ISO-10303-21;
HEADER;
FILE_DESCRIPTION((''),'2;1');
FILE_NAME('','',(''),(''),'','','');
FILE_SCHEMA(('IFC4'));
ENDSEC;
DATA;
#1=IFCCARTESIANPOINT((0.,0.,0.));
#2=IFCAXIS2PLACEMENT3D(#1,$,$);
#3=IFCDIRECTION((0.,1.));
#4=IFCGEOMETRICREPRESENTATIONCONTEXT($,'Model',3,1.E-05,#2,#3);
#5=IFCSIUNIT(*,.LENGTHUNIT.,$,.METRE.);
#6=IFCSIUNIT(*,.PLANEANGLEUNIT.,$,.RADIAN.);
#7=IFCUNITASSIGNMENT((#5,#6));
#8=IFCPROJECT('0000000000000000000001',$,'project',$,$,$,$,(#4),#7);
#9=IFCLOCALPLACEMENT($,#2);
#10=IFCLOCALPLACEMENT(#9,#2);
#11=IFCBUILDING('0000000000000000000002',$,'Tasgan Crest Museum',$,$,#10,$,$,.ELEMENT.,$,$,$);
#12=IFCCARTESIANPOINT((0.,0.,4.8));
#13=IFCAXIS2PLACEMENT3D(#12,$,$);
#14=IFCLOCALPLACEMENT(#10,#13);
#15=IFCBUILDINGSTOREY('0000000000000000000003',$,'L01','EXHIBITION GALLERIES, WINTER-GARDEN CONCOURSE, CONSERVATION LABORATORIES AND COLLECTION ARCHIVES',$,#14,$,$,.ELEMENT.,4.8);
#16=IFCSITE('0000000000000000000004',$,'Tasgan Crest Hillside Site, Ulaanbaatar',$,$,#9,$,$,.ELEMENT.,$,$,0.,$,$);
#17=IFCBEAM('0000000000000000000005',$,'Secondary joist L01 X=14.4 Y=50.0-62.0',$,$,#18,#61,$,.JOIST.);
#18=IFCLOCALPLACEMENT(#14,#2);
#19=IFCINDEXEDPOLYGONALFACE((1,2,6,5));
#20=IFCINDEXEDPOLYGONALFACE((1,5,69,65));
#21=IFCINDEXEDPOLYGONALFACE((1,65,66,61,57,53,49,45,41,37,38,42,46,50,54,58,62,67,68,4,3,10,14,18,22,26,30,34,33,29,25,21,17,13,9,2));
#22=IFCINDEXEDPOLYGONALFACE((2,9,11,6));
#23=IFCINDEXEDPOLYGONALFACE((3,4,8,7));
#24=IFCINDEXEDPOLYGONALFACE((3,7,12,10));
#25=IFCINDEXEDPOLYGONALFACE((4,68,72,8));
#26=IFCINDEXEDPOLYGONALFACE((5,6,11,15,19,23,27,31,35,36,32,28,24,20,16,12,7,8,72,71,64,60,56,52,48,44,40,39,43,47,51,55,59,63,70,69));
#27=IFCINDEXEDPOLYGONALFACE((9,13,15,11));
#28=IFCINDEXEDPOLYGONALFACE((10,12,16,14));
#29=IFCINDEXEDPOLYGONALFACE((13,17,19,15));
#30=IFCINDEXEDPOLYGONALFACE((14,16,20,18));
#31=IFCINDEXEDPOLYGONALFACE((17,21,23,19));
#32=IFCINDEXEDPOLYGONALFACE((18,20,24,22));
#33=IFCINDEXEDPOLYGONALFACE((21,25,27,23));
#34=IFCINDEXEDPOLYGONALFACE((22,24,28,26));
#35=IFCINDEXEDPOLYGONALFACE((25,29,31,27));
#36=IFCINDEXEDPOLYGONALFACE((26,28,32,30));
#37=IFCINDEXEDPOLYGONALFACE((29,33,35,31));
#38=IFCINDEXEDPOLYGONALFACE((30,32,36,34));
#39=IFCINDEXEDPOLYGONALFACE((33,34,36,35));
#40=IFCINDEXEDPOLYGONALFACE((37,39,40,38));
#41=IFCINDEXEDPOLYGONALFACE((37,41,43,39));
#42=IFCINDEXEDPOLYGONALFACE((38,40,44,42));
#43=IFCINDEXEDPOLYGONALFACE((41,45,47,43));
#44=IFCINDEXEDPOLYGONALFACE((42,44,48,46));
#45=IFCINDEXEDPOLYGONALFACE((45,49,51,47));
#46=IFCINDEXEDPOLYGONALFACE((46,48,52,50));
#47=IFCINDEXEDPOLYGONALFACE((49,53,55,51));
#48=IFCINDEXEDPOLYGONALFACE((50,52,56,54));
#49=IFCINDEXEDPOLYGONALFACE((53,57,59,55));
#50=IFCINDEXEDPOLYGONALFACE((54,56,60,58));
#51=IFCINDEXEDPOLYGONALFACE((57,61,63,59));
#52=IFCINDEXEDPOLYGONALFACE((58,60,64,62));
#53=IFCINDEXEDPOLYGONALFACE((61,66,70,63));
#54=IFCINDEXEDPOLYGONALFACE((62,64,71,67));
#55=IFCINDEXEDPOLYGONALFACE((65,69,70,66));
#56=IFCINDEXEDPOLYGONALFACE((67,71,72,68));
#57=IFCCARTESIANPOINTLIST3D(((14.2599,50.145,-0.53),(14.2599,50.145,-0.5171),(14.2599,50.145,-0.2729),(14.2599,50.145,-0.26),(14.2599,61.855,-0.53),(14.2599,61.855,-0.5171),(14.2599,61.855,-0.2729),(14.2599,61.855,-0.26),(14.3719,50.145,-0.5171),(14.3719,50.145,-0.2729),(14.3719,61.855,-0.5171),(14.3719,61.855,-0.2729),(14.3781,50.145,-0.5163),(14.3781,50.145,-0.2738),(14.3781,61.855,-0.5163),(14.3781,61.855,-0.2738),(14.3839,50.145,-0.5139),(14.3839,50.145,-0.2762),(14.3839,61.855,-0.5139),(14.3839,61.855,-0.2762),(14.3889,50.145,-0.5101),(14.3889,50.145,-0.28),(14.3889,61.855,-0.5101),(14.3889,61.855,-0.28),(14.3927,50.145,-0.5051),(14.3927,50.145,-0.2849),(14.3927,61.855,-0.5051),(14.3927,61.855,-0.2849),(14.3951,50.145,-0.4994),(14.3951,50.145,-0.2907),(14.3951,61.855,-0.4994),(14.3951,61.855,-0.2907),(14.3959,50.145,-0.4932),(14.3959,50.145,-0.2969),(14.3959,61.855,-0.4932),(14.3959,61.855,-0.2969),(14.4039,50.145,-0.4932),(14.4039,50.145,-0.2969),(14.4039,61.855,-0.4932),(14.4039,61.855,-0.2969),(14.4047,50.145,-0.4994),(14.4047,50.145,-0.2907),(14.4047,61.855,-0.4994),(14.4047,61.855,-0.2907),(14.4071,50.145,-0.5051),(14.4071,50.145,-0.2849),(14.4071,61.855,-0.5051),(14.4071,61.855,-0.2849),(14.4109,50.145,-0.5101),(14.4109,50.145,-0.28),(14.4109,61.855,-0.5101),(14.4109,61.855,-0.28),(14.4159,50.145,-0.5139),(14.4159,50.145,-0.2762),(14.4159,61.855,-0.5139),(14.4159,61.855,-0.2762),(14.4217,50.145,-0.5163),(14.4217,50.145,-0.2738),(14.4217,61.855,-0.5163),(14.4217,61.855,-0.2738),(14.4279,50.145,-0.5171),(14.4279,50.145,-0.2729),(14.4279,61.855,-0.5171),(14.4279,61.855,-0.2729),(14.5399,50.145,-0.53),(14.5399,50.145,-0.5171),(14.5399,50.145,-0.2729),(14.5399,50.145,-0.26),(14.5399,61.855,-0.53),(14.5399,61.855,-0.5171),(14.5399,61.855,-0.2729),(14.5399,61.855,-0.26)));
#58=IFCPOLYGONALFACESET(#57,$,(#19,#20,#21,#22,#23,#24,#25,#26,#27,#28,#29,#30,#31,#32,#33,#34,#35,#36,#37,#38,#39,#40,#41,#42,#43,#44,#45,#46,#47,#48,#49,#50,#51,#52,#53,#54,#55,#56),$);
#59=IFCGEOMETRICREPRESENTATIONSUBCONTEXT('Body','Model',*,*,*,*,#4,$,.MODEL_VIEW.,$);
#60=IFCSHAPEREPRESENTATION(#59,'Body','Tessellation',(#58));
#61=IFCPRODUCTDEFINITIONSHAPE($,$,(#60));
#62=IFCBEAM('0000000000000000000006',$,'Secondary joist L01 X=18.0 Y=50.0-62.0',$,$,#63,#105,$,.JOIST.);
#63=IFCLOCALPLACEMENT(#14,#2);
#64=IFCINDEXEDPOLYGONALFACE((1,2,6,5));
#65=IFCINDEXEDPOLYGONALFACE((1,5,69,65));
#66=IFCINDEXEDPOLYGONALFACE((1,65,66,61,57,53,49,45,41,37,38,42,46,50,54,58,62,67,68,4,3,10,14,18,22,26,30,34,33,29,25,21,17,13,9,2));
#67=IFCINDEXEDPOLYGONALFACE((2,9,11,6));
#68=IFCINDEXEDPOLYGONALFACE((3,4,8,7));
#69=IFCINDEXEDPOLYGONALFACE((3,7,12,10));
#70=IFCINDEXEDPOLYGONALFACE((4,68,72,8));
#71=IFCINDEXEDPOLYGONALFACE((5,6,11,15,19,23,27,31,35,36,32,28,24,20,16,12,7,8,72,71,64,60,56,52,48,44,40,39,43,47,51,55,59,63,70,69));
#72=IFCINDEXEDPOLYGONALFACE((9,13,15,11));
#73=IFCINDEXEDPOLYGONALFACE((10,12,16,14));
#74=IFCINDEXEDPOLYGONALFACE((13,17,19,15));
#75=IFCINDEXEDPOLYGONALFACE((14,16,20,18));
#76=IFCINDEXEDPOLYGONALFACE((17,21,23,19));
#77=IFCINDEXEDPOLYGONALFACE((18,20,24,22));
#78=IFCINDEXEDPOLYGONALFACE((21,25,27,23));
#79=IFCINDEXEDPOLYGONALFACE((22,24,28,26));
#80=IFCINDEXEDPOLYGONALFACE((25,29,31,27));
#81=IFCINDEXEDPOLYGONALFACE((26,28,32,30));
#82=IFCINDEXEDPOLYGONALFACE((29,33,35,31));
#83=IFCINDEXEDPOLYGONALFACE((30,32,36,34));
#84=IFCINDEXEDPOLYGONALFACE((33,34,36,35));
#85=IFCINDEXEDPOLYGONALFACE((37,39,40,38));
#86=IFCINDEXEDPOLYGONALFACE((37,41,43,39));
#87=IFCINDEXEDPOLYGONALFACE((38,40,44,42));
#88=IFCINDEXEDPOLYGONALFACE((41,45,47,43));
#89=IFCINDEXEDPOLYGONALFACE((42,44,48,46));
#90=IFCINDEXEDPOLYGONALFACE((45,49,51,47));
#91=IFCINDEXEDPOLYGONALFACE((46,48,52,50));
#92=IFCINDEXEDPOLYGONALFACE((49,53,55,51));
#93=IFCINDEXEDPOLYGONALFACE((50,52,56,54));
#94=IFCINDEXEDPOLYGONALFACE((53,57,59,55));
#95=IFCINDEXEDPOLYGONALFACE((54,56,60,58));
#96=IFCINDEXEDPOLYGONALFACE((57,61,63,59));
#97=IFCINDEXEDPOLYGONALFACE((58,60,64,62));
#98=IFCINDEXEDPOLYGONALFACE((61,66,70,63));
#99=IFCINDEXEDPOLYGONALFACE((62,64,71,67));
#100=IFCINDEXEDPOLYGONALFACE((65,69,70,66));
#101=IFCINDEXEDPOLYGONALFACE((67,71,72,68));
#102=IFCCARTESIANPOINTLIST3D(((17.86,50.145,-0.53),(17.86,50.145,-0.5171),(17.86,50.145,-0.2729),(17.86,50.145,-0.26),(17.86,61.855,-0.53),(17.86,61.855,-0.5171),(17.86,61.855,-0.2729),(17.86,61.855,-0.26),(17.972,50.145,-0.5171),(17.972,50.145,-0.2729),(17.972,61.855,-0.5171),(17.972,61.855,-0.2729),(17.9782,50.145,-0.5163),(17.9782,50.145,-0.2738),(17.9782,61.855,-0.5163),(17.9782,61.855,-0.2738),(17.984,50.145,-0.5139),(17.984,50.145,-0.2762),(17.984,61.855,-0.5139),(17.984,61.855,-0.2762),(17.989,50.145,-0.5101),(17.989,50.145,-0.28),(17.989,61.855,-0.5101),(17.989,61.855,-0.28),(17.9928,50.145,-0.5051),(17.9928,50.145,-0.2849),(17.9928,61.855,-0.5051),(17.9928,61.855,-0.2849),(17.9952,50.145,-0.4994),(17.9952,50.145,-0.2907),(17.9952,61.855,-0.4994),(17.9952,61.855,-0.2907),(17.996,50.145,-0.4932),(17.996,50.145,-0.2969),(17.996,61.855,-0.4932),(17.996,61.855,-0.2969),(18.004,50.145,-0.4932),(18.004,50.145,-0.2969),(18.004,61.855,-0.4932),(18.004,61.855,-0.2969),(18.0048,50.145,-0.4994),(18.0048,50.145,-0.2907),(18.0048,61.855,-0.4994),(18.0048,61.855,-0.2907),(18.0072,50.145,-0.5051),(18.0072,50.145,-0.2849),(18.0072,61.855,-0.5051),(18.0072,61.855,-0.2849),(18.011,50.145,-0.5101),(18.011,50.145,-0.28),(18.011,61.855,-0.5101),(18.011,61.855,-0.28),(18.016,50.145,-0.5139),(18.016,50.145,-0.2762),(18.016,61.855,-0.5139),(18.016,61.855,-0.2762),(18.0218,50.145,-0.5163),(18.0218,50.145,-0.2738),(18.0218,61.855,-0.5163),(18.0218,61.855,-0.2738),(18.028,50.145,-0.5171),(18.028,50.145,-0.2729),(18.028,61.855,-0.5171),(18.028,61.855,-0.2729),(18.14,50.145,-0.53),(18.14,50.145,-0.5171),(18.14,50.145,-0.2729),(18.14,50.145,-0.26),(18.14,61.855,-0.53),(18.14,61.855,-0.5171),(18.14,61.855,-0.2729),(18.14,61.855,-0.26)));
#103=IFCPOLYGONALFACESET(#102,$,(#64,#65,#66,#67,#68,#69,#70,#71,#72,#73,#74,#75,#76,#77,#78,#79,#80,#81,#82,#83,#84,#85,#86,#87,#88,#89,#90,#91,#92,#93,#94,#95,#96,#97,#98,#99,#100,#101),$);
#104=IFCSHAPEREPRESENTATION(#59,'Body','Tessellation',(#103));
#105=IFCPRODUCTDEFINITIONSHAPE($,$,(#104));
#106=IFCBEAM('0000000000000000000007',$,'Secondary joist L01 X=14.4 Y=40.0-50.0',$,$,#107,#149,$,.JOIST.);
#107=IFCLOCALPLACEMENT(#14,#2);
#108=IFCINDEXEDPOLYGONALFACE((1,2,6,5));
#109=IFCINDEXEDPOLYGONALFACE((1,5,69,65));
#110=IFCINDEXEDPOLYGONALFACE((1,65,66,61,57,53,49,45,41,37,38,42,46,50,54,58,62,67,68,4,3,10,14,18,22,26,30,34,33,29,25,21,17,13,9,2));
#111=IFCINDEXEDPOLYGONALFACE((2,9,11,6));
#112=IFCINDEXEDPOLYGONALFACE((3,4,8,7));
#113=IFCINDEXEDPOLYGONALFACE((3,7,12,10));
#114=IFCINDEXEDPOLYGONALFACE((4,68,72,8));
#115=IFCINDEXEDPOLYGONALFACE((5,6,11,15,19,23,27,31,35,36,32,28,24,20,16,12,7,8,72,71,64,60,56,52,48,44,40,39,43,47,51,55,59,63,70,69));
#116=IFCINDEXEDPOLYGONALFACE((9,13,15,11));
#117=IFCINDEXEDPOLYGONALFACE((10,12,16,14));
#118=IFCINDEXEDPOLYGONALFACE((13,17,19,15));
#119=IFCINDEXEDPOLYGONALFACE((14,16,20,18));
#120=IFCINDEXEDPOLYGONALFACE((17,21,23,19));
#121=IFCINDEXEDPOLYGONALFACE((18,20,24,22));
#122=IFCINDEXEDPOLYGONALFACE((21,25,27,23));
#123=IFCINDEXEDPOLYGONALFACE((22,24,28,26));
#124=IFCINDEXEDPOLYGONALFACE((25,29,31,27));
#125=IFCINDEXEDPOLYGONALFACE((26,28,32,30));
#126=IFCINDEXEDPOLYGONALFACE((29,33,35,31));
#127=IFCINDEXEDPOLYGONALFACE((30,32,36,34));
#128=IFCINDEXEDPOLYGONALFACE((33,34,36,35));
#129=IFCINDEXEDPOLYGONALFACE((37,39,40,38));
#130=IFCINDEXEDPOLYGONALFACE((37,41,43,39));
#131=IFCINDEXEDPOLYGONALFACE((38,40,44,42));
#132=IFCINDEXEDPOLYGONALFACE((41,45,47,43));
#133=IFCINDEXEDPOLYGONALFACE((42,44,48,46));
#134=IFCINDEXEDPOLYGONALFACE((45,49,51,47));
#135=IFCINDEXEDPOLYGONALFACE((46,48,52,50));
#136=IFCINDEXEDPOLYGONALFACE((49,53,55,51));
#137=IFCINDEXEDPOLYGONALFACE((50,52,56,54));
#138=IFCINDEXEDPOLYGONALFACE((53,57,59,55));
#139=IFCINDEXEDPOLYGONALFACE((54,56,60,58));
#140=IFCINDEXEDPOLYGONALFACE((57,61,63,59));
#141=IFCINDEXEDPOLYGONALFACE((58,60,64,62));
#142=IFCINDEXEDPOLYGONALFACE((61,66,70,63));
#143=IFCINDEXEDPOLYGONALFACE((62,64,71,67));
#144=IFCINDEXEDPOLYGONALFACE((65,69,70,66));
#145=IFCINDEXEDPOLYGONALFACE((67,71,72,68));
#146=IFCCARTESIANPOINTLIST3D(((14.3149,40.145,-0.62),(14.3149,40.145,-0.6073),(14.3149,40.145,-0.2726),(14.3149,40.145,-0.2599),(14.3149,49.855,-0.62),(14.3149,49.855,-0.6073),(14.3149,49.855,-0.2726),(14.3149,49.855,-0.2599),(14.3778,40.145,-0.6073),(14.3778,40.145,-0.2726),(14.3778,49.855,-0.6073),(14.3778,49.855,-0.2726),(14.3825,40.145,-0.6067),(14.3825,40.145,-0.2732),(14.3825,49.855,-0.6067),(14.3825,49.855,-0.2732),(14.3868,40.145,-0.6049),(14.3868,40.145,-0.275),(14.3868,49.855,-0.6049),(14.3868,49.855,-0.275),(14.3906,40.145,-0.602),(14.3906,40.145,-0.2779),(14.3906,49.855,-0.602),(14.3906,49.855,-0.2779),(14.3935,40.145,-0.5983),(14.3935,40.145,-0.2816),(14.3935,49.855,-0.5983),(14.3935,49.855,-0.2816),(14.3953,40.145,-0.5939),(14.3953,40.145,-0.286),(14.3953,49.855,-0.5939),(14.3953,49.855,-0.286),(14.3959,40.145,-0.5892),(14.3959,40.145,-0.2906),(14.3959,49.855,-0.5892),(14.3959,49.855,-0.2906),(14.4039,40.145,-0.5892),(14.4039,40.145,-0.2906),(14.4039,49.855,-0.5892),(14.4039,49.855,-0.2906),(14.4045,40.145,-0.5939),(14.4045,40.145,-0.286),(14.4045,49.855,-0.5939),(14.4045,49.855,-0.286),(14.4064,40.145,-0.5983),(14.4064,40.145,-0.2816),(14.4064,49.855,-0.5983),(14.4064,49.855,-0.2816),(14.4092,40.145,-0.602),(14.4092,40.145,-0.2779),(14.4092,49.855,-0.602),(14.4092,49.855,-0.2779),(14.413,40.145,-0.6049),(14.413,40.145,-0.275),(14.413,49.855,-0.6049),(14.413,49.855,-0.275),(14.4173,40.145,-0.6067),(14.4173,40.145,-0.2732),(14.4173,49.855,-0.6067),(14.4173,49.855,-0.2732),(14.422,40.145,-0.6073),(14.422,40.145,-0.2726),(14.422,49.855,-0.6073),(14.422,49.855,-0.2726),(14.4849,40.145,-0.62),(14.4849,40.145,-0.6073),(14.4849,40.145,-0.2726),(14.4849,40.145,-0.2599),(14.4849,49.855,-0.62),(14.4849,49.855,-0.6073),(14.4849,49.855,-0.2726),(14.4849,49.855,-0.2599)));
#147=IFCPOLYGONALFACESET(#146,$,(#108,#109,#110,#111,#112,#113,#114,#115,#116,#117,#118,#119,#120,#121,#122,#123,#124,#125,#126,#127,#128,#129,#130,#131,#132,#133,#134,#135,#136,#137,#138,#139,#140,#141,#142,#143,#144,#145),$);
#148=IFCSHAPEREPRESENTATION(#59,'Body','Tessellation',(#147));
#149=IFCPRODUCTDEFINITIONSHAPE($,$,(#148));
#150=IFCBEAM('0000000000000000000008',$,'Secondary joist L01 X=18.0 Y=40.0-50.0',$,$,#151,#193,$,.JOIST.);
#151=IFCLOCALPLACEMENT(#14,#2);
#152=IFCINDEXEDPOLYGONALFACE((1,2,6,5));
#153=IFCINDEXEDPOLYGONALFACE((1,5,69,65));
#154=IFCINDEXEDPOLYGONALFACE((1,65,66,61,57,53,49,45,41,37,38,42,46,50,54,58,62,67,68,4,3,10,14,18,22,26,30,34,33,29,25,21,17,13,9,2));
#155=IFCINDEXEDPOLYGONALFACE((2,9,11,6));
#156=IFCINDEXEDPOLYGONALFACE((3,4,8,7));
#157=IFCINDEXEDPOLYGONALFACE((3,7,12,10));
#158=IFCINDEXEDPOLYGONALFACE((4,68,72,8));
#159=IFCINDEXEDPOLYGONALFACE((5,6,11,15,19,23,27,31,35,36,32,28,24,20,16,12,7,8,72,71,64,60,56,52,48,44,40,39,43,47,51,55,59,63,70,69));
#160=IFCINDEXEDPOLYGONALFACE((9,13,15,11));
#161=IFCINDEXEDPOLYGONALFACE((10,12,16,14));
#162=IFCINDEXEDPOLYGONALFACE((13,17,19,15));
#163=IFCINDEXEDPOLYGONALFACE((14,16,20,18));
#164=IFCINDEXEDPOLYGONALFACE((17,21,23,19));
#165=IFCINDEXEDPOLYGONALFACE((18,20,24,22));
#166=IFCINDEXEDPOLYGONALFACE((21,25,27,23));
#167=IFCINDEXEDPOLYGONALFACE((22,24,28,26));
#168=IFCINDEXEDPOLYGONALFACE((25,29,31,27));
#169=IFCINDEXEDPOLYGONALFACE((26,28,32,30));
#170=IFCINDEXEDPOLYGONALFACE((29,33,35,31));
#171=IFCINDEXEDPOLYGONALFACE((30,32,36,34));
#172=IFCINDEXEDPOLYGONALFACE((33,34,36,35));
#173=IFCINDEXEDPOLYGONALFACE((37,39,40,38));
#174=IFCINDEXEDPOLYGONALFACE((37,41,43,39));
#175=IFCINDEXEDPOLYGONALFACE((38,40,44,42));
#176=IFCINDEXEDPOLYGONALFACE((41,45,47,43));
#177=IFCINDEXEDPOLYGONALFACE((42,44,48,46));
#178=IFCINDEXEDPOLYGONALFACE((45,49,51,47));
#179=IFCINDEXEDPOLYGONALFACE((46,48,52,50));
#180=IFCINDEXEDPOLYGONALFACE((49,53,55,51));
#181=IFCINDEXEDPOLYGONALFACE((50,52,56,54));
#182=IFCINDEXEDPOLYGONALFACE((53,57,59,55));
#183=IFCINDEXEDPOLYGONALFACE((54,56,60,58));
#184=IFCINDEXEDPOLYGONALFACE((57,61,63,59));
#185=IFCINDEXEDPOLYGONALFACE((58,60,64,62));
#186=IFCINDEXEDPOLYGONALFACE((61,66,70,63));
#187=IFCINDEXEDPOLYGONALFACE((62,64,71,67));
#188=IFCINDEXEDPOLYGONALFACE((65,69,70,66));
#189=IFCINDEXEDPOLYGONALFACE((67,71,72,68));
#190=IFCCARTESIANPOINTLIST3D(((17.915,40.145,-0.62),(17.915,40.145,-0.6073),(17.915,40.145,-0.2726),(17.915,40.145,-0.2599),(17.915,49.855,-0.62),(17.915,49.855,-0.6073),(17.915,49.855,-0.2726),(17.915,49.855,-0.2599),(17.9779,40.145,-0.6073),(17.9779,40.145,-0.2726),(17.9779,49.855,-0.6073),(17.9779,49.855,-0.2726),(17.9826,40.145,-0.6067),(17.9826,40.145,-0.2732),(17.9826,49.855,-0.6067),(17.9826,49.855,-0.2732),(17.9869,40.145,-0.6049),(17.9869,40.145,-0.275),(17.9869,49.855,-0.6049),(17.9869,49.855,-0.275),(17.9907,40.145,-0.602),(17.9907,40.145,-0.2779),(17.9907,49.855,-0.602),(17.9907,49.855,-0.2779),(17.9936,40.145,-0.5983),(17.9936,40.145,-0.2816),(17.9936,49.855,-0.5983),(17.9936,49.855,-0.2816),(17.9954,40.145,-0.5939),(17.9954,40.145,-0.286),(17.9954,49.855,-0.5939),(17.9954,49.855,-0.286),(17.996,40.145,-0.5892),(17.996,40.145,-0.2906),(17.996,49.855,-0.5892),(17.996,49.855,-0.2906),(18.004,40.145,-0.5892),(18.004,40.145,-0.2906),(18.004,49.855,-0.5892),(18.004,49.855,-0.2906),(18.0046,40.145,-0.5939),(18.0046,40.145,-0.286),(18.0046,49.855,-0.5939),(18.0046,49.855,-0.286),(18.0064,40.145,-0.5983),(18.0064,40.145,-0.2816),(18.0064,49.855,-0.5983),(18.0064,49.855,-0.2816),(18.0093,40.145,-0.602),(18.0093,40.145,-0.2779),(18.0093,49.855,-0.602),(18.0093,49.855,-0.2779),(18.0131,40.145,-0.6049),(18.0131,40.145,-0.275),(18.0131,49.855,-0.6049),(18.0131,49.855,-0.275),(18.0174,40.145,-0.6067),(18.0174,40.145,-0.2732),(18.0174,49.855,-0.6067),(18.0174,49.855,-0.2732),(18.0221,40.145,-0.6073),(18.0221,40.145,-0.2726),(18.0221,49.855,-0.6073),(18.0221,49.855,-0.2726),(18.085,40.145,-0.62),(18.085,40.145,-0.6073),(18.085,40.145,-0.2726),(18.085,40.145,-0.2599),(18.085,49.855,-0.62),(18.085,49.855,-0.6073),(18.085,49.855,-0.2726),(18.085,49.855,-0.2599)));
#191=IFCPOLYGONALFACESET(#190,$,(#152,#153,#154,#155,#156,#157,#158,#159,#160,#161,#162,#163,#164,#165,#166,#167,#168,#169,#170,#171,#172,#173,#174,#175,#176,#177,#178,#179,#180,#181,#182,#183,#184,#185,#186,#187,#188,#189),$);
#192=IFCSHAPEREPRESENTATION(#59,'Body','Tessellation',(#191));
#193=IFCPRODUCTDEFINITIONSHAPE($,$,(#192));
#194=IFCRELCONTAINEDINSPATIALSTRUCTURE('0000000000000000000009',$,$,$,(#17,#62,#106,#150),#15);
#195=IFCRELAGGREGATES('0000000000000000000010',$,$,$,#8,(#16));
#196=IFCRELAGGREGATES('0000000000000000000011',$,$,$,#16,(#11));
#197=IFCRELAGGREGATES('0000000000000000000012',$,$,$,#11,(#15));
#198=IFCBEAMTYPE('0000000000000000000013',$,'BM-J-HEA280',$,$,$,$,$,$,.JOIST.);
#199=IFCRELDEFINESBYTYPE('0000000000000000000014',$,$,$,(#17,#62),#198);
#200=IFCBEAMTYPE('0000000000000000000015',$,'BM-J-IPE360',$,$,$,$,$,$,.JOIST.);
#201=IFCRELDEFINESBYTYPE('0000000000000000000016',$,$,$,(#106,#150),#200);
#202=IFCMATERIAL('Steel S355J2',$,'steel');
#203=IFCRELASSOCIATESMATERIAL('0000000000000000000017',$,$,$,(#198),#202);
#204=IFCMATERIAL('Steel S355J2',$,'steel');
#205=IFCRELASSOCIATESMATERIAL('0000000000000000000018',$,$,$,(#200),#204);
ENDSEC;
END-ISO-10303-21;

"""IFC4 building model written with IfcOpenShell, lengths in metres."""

from ifc_helpers import new_model, si_unit, direction, frame, origin, origin_2d, place, context, subcontext, project, spatial, i_section, extrude, material, material_profile, profile_set, type_object, element, save


model = new_model("IFC4")

# Units and contexts
model_context = context("Model", 3, precision=1e-05, world=origin(), true_north=direction((0.0, 1.0)))
body_context = subcontext(model_context, "Body", "Model", "MODEL_VIEW")
ifc_project = project(units=[si_unit("LENGTHUNIT", "METRE"), si_unit("PLANEANGLEUNIT", "RADIAN")], contexts=[model_context])

# Site, building, storey
site_placement = place(None, origin())
site = spatial("IfcSite", under=ifc_project, at=site_placement, Name="Tasgan Crest Hillside Site, Ulaanbaatar", CompositionType="ELEMENT", RefElevation=0.0)
building_placement = place(site_placement, origin())
building = spatial("IfcBuilding", under=site, at=building_placement, Name="Tasgan Crest Museum", CompositionType="ELEMENT")
storey_placement = place(building_placement, frame((0.0, 0.0, 4.8)))
storey = spatial("IfcBuildingStorey", under=building, at=storey_placement, Name="L01", Description="EXHIBITION GALLERIES, WINTER-GARDEN CONCOURSE, CONSERVATION LABORATORIES AND COLLECTION ARCHIVES", CompositionType="ELEMENT", Elevation=4.8)

# Beams
ifc_material_1 = material(Name="Steel S355J2", Category="steel")
ifc_material_profile_1 = material_profile(ifc_material_1, i_section(OverallWidth=0.28, OverallDepth=0.27, WebThickness=0.0081, FlangeThickness=0.0129, FilletRadius=0.0239, at=origin_2d()), Name="HEA 280")
ifc_profile_set_1 = profile_set([ifc_material_profile_1], Name="Steel S355J2")
beam_type_1 = type_object("IfcBeamType", Name="BM-J-HEA280", PredefinedType="JOIST", material=ifc_profile_set_1)
for number, where, z_axis, x_axis, name in (
    (1, (14.3999, 50.145, -0.395), (0.0, 1.0, 0.0), (-1.0, 0.0, 0.0), "Secondary joist L01 X=14.4 Y=50.0-62.0"),
    (2, (18.0, 50.145, -0.395), (0.0, 1.0, 0.0), (-1.0, 0.0, 0.0), "Secondary joist L01 X=18.0 Y=50.0-62.0"),
):
    element("IfcBeam", number, at=place(storey_placement, frame(where, z_axis=z_axis, x_axis=x_axis)), inside=storey, type_object=beam_type_1, Name=name, PredefinedType="JOIST", context=body_context, shape_type="SweptSolid", body=[
        extrude(i_section(OverallWidth=0.28, OverallDepth=0.27, WebThickness=0.0081, FlangeThickness=0.0129, FilletRadius=0.0239, at=origin_2d()), origin(), (0.0, 0.0, 1.0), 11.71),
    ])
ifc_material_2 = material(Name="Steel S355J2", Category="steel")
ifc_material_profile_2 = material_profile(ifc_material_2, i_section(OverallWidth=0.1699, OverallDepth=0.3601, WebThickness=0.0081, FlangeThickness=0.0127, FilletRadius=0.0181, at=origin_2d()), Name="IPE 360")
ifc_profile_set_2 = profile_set([ifc_material_profile_2], Name="Steel S355J2")
beam_type_2 = type_object("IfcBeamType", Name="BM-J-IPE360", PredefinedType="JOIST", material=ifc_profile_set_2)
for number, where, z_axis, x_axis, name in (
    (3, (14.3999, 40.145, -0.4399), (0.0, 1.0, 0.0), (-1.0, 0.0, 0.0), "Secondary joist L01 X=14.4 Y=40.0-50.0"),
    (4, (18.0, 40.145, -0.4399), (0.0, 1.0, 0.0), (-1.0, 0.0, 0.0), "Secondary joist L01 X=18.0 Y=40.0-50.0"),
):
    element("IfcBeam", number, at=place(storey_placement, frame(where, z_axis=z_axis, x_axis=x_axis)), inside=storey, type_object=beam_type_2, Name=name, PredefinedType="JOIST", context=body_context, shape_type="SweptSolid", body=[
        extrude(i_section(OverallWidth=0.1699, OverallDepth=0.3601, WebThickness=0.0081, FlangeThickness=0.0127, FilletRadius=0.0181, at=origin_2d()), origin(), (0.0, 0.0, 1.0), 9.71),
    ])

save(model, "model.ifc")
